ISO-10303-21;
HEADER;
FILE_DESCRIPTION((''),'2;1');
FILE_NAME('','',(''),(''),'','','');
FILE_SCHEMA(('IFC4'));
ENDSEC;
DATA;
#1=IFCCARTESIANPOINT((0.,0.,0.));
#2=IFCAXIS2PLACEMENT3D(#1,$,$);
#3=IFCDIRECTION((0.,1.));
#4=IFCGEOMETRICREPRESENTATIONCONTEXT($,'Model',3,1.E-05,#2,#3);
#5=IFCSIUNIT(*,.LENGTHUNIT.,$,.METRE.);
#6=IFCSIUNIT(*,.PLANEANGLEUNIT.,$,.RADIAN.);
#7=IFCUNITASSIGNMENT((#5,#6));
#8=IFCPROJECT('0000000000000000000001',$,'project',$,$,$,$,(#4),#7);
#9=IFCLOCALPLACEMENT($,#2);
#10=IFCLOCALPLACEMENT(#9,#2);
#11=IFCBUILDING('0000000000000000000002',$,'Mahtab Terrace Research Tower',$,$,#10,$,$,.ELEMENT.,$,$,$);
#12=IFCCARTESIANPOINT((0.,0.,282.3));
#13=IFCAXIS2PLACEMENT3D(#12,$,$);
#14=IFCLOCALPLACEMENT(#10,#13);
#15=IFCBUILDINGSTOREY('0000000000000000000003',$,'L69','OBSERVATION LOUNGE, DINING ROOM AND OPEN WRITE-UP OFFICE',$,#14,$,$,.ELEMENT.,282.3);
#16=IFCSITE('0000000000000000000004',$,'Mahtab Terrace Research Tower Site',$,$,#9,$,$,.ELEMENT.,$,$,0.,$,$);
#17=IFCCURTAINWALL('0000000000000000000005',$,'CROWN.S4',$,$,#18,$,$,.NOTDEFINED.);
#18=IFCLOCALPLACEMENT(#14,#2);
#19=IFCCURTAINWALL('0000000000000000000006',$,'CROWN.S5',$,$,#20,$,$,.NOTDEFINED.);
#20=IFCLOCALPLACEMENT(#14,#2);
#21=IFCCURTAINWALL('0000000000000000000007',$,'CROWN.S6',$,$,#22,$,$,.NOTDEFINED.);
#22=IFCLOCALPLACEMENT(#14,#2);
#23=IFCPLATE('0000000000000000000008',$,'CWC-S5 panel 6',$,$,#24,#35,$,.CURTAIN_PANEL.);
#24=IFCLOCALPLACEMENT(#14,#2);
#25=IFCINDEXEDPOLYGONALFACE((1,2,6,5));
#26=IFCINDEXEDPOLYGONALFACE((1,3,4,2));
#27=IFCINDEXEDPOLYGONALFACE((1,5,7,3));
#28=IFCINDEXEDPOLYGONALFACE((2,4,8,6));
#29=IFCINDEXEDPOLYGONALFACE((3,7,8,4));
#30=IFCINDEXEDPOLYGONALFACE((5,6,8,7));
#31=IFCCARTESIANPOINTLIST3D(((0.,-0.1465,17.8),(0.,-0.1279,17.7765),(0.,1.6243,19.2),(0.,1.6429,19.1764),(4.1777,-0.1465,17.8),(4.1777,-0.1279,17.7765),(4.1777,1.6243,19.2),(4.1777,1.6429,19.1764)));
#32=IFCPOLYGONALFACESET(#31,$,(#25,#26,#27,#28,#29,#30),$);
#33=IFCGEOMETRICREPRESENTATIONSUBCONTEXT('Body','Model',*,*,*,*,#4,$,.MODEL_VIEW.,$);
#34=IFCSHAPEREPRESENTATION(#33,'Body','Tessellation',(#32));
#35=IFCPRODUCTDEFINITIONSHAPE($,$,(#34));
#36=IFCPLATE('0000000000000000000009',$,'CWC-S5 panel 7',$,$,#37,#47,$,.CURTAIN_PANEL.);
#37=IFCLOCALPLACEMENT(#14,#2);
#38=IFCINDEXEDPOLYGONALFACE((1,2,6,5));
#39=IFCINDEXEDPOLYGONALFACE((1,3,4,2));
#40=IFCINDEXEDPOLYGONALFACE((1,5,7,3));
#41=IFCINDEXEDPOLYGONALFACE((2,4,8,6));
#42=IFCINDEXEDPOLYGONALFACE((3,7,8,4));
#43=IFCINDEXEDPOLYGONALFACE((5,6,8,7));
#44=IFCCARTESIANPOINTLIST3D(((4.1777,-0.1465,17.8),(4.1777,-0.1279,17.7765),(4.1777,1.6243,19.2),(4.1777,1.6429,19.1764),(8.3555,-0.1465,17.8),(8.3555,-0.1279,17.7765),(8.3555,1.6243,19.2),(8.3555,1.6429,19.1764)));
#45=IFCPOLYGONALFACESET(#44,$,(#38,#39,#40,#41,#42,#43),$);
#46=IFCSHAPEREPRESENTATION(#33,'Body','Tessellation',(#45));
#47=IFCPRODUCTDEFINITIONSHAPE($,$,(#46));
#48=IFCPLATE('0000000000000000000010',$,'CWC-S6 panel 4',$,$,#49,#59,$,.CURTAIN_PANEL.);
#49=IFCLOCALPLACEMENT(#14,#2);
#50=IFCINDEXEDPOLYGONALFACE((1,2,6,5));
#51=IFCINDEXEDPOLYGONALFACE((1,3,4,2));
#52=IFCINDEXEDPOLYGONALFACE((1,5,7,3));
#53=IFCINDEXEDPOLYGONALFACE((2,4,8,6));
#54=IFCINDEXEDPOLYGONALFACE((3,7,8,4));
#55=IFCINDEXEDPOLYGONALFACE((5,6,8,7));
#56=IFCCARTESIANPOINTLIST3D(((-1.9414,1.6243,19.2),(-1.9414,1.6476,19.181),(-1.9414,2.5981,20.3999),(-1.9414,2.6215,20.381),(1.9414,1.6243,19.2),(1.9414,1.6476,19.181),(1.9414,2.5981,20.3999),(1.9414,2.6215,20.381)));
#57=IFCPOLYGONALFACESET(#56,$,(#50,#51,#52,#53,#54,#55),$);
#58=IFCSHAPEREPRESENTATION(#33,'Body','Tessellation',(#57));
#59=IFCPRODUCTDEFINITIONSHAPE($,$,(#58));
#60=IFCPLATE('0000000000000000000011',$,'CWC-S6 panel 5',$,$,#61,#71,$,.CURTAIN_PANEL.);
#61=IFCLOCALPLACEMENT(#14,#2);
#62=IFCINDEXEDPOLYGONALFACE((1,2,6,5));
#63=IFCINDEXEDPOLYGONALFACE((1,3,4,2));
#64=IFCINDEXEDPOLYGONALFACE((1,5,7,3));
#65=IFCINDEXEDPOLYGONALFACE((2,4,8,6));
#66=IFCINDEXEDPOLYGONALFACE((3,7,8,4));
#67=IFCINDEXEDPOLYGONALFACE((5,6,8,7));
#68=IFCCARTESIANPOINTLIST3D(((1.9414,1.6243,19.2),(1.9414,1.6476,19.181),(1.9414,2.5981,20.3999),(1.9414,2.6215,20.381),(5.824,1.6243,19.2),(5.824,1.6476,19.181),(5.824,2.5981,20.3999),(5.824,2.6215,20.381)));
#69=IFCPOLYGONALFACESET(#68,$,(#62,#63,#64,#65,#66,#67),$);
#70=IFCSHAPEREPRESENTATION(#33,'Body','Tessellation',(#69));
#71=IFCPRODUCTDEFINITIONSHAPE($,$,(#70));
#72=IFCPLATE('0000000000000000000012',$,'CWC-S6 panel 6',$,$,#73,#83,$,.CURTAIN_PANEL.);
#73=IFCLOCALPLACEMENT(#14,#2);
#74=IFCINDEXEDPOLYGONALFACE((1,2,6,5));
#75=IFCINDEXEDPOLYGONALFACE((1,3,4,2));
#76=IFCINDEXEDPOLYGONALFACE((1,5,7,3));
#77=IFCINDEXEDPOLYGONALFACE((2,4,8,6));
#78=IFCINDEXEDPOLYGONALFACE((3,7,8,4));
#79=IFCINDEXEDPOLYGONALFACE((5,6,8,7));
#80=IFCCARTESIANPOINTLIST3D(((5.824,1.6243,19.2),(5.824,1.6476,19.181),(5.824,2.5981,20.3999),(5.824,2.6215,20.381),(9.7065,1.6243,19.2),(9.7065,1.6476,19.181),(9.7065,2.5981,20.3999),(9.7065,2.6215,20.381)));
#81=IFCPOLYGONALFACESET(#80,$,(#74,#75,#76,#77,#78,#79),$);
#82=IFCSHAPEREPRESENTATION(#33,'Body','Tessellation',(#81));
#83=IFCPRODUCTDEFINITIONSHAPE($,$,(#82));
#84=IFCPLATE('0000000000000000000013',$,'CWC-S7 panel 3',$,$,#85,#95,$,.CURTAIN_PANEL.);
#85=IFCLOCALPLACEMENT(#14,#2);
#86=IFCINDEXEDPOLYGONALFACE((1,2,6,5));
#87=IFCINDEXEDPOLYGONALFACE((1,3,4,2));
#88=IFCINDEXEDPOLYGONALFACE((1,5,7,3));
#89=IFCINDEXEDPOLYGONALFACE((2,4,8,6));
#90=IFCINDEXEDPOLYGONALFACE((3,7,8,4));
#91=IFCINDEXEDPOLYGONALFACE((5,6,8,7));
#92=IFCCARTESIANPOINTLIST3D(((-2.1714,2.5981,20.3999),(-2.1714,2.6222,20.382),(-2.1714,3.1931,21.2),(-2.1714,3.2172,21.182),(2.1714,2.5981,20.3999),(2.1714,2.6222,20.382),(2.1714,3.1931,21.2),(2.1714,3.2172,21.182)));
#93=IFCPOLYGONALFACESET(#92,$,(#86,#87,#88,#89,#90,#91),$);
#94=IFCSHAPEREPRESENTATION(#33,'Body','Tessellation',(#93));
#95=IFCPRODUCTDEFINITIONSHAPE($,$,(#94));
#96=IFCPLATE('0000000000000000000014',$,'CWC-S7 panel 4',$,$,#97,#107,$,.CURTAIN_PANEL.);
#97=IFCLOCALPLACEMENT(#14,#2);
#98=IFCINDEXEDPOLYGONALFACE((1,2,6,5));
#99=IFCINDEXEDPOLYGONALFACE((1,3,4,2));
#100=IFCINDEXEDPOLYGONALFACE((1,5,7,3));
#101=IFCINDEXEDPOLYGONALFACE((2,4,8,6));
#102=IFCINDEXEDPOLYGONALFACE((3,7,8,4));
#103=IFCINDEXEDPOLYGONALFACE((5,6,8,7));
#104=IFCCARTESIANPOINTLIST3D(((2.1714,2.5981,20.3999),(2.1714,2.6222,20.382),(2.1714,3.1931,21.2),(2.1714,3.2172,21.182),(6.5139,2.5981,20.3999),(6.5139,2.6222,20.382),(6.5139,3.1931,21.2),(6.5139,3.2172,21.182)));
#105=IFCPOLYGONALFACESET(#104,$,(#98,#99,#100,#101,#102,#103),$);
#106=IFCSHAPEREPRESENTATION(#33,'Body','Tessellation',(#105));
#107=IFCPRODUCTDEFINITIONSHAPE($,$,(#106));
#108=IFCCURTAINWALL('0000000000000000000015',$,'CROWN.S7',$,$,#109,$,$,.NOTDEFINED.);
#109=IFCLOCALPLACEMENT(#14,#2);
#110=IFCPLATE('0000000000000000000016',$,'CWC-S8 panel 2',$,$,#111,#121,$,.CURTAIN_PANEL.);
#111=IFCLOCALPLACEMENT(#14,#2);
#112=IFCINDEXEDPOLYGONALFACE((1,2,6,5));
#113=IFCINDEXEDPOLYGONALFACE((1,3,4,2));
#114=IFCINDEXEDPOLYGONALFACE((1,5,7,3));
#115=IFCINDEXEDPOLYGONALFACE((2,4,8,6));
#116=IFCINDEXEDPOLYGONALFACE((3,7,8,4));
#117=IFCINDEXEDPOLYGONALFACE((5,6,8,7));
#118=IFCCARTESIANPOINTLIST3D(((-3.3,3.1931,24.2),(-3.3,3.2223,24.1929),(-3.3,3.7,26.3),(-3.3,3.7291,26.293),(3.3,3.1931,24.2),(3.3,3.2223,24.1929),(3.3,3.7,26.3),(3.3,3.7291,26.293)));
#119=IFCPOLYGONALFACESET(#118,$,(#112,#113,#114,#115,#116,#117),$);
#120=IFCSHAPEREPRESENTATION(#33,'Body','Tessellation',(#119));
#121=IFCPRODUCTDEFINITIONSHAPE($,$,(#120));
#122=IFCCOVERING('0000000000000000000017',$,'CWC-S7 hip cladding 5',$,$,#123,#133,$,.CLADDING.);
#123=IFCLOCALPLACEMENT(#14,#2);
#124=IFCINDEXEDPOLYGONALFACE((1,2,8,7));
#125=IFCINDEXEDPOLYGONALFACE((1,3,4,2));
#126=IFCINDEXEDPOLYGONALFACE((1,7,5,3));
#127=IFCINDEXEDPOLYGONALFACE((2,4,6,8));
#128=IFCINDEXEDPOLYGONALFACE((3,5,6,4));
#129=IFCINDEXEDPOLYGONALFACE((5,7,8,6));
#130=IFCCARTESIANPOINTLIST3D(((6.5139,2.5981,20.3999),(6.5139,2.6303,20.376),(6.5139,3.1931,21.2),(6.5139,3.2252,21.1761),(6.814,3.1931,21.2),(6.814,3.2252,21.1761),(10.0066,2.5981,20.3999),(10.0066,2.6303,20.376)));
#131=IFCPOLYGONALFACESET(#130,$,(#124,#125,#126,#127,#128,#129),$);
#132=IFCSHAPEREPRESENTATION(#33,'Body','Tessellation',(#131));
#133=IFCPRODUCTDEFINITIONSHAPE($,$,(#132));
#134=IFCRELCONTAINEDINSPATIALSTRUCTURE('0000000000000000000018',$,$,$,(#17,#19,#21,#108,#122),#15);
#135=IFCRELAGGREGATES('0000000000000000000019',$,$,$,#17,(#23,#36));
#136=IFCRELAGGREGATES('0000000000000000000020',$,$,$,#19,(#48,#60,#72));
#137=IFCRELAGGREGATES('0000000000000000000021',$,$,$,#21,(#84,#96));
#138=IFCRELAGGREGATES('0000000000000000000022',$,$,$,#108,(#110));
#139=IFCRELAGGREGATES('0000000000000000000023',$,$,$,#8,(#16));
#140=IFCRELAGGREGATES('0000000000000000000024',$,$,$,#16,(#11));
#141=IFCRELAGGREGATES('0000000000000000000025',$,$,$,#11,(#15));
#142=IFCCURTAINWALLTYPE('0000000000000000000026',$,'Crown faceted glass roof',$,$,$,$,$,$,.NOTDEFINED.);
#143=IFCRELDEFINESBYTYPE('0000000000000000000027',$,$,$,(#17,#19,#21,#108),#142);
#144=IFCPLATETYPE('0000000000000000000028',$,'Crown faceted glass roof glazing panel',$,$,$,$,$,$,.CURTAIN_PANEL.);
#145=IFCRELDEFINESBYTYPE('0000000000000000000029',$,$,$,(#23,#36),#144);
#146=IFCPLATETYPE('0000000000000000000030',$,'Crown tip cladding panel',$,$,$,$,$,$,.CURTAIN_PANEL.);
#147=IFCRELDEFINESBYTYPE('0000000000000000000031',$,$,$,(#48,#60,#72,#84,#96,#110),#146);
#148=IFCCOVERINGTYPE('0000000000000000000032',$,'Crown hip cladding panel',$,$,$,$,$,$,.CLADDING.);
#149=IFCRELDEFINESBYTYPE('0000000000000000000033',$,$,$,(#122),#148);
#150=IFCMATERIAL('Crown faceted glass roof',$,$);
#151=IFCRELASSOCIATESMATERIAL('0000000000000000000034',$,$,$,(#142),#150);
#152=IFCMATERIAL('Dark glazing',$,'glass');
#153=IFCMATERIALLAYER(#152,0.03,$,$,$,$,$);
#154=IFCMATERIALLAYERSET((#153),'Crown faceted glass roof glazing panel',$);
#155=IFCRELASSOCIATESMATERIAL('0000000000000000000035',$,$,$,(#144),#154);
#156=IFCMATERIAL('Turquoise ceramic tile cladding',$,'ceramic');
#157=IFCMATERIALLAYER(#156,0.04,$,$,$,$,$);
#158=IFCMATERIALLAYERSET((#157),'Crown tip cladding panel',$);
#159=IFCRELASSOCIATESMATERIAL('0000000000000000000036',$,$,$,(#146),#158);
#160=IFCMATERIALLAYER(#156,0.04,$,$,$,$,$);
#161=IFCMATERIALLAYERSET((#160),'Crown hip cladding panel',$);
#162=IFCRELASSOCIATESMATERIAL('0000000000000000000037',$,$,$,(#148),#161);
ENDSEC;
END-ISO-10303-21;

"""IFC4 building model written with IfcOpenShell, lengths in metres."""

from ifc_helpers import new_model, si_unit, direction, frame, origin, place, context, subcontext, project, spatial, polyline, outline, extrude, material, layer, layer_set, type_object, element, aggregate, save


model = new_model("IFC4")

# Units and contexts
model_context = context("Model", 3, precision=1e-05, world=origin(), true_north=direction((0.0, 1.0)))
body_context = subcontext(model_context, "Body", "Model", "MODEL_VIEW")
ifc_project = project(units=[si_unit("LENGTHUNIT", "METRE"), si_unit("PLANEANGLEUNIT", "RADIAN")], contexts=[model_context])

# Site, building, storey
site_placement = place(None, origin())
site = spatial("IfcSite", under=ifc_project, at=site_placement, Name="Mahtab Terrace Research Tower Site", CompositionType="ELEMENT", RefElevation=0.0)
building_placement = place(site_placement, origin())
building = spatial("IfcBuilding", under=site, at=building_placement, Name="Mahtab Terrace Research Tower", CompositionType="ELEMENT")
storey_placement = place(building_placement, frame((0.0, 0.0, 282.3)))
storey = spatial("IfcBuildingStorey", under=building, at=storey_placement, Name="L69", Description="OBSERVATION LOUNGE, DINING ROOM AND OPEN WRITE-UP OFFICE", CompositionType="ELEMENT", Elevation=282.3)

# Curtain walls
ifc_material_1 = material(Name="Crown faceted glass roof")
curtain_wall_type = type_object("IfcCurtainWallType", Name="Crown faceted glass roof", PredefinedType="NOTDEFINED", material=ifc_material_1)
curtain_wall_1_placement = place(storey_placement, origin())
curtain_wall_1 = element("IfcCurtainWall", 1, at=curtain_wall_1_placement, inside=storey, type_object=curtain_wall_type, Name="CROWN.S4", PredefinedType="NOTDEFINED")
curtain_wall_2_placement = place(storey_placement, origin())
curtain_wall_2 = element("IfcCurtainWall", 2, at=curtain_wall_2_placement, inside=storey, type_object=curtain_wall_type, Name="CROWN.S5", PredefinedType="NOTDEFINED")
curtain_wall_3_placement = place(storey_placement, origin())
curtain_wall_3 = element("IfcCurtainWall", 3, at=curtain_wall_3_placement, inside=storey, type_object=curtain_wall_type, Name="CROWN.S6", PredefinedType="NOTDEFINED")

# Plates
ifc_material_2 = material(Name="Dark glazing", Category="glass")
ifc_layer_1 = layer(ifc_material_2, 0.03)
ifc_layer_set_1 = layer_set([ifc_layer_1], Name="Crown faceted glass roof glazing panel")
plate_type_1 = type_object("IfcPlateType", Name="Crown faceted glass roof glazing panel", PredefinedType="CURTAIN_PANEL", material=ifc_layer_set_1)
plate_1_placement = place(storey_placement, frame((4.1777, -0.1465, 17.8), z_axis=(0.0, -0.620174, 0.784465), x_axis=(0.0, 0.784465, 0.620174)))
plate_1 = element("IfcPlate", 4, at=plate_1_placement, type_object=plate_type_1, Name="CWC-S5 panel 6", PredefinedType="CURTAIN_PANEL", context=body_context, shape_type="SweptSolid", body=[
    extrude(outline(polyline([(0.0, 0.0), (2.2573, 0.0), (2.2573, 4.1777), (0.0, 4.1777), (0.0, 0.0)])), origin(), (0.0, 0.0, -1.0), 0.03),
])
plate_2_placement = place(storey_placement, frame((8.3555, -0.1465, 17.8), z_axis=(0.0, -0.620174, 0.784465), x_axis=(0.0, 0.784465, 0.620174)))
plate_2 = element("IfcPlate", 5, at=plate_2_placement, type_object=plate_type_1, Name="CWC-S5 panel 7", PredefinedType="CURTAIN_PANEL", context=body_context, shape_type="SweptSolid", body=[
    extrude(outline(polyline([(0.0, 0.0), (2.2573, 0.0), (2.2573, 4.1777), (0.0, 4.1777), (0.0, 0.0)])), origin(), (0.0, 0.0, -1.0), 0.03),
])
aggregate(curtain_wall_1, [plate_1, plate_2])
ifc_material_3 = material(Name="Turquoise ceramic tile cladding", Category="ceramic")
ifc_layer_2 = layer(ifc_material_3, 0.04)
ifc_layer_set_2 = layer_set([ifc_layer_2], Name="Crown tip cladding panel")
plate_type_2 = type_object("IfcPlateType", Name="Crown tip cladding panel", PredefinedType="CURTAIN_PANEL", material=ifc_layer_set_2)
plate_3_placement = place(storey_placement, frame((1.9414, 1.6243, 19.2), z_axis=(0.0, -0.776457, 0.63017), x_axis=(0.0, 0.63017, 0.776457)))
plate_3 = element("IfcPlate", 6, at=plate_3_placement, type_object=plate_type_2, Name="CWC-S6 panel 4", PredefinedType="CURTAIN_PANEL", context=body_context, shape_type="SweptSolid", body=[
    extrude(outline(polyline([(0.0, 0.0), (1.5454, 0.0), (1.5454, 3.8828), (0.0, 3.8828), (0.0, 0.0)])), origin(), (0.0, 0.0, -1.0), 0.03),
])
plate_4_placement = place(storey_placement, frame((5.824, 1.6243, 19.2), z_axis=(0.0, -0.776457, 0.63017), x_axis=(0.0, 0.63017, 0.776457)))
plate_4 = element("IfcPlate", 7, at=plate_4_placement, type_object=plate_type_2, Name="CWC-S6 panel 5", PredefinedType="CURTAIN_PANEL", context=body_context, shape_type="SweptSolid", body=[
    extrude(outline(polyline([(0.0, 0.0), (1.5454, 0.0), (1.5454, 3.8826), (0.0, 3.8826), (0.0, 0.0)])), origin(), (0.0, 0.0, -1.0), 0.03),
])
plate_5_placement = place(storey_placement, frame((9.7065, 1.6243, 19.2), z_axis=(0.0, -0.776457, 0.63017), x_axis=(0.0, 0.63017, 0.776457)))
plate_5 = element("IfcPlate", 8, at=plate_5_placement, type_object=plate_type_2, Name="CWC-S6 panel 6", PredefinedType="CURTAIN_PANEL", context=body_context, shape_type="SweptSolid", body=[
    extrude(outline(polyline([(0.0, 0.0), (1.5454, 0.0), (1.5454, 3.8826), (0.0, 3.8826), (0.0, 0.0)])), origin(), (0.0, 0.0, -1.0), 0.03),
])
aggregate(curtain_wall_2, [plate_3, plate_4, plate_5])
plate_6_placement = place(storey_placement, frame((2.1714, 2.5981, 20.3999), z_axis=(0.0, -0.802432, 0.596743), x_axis=(0.0, 0.596743, 0.802432)))
plate_6 = element("IfcPlate", 9, at=plate_6_placement, type_object=plate_type_2, Name="CWC-S7 panel 3", PredefinedType="CURTAIN_PANEL", context=body_context, shape_type="SweptSolid", body=[
    extrude(outline(polyline([(0.0, 0.0), (0.997, 0.0), (0.997, 4.3428), (0.0, 4.3428), (0.0, 0.0)])), origin(), (0.0, 0.0, -1.0), 0.03),
])
plate_7_placement = place(storey_placement, frame((6.5139, 2.5981, 20.3999), z_axis=(0.0, -0.802432, 0.596743), x_axis=(0.0, 0.596743, 0.802432)))
plate_7 = element("IfcPlate", 10, at=plate_7_placement, type_object=plate_type_2, Name="CWC-S7 panel 4", PredefinedType="CURTAIN_PANEL", context=body_context, shape_type="SweptSolid", body=[
    extrude(outline(polyline([(0.0, 0.0), (0.997, 0.0), (0.997, 4.3425), (0.0, 4.3425), (0.0, 0.0)])), origin(), (0.0, 0.0, -1.0), 0.03),
])
aggregate(curtain_wall_3, [plate_6, plate_7])

# Curtain wall, plate
curtain_wall_4_placement = place(storey_placement, origin())
curtain_wall_4 = element("IfcCurtainWall", 11, at=curtain_wall_4_placement, inside=storey, type_object=curtain_wall_type, Name="CROWN.S7", PredefinedType="NOTDEFINED")
plate_8_placement = place(storey_placement, frame((3.3, 3.1931, 24.2), z_axis=(0.0, -0.972091, 0.234604), x_axis=(0.0, 0.234604, 0.972091)))
plate_8 = element("IfcPlate", 12, at=plate_8_placement, type_object=plate_type_2, Name="CWC-S8 panel 2", PredefinedType="CURTAIN_PANEL", context=body_context, shape_type="SweptSolid", body=[
    extrude(outline(polyline([(0.0, 0.0), (2.1604, 0.0), (2.1604, 6.6001), (0.0, 6.6001), (0.0, 0.0)])), origin(), (0.0, 0.0, -1.0), 0.03),
])
aggregate(curtain_wall_4, [plate_8])

# Covering
ifc_layer_3 = layer(ifc_material_3, 0.04)
ifc_layer_set_3 = layer_set([ifc_layer_3], Name="Crown hip cladding panel")
covering_type = type_object("IfcCoveringType", Name="Crown hip cladding panel", PredefinedType="CLADDING", material=ifc_layer_set_3)
covering_placement = place(storey_placement, frame((6.814, 3.1931, 21.2), z_axis=(0.0, -0.802432, 0.596743), x_axis=(0.954537, -0.177885, -0.2392)))
element("IfcCovering", 13, at=covering_placement, inside=storey, type_object=covering_type, Name="CWC-S7 hip cladding 5", PredefinedType="CLADDING", context=body_context, shape_type="SweptSolid", body=[
    extrude(outline(polyline([(0.0, 0.0), (3.3447, 0.0), (0.0108, -1.0411), (-0.2864, -0.0894), (0.0, 0.0)])), origin(), (0.0, 0.0, -1.0), 0.04),
])

save(model, "model.ifc")
